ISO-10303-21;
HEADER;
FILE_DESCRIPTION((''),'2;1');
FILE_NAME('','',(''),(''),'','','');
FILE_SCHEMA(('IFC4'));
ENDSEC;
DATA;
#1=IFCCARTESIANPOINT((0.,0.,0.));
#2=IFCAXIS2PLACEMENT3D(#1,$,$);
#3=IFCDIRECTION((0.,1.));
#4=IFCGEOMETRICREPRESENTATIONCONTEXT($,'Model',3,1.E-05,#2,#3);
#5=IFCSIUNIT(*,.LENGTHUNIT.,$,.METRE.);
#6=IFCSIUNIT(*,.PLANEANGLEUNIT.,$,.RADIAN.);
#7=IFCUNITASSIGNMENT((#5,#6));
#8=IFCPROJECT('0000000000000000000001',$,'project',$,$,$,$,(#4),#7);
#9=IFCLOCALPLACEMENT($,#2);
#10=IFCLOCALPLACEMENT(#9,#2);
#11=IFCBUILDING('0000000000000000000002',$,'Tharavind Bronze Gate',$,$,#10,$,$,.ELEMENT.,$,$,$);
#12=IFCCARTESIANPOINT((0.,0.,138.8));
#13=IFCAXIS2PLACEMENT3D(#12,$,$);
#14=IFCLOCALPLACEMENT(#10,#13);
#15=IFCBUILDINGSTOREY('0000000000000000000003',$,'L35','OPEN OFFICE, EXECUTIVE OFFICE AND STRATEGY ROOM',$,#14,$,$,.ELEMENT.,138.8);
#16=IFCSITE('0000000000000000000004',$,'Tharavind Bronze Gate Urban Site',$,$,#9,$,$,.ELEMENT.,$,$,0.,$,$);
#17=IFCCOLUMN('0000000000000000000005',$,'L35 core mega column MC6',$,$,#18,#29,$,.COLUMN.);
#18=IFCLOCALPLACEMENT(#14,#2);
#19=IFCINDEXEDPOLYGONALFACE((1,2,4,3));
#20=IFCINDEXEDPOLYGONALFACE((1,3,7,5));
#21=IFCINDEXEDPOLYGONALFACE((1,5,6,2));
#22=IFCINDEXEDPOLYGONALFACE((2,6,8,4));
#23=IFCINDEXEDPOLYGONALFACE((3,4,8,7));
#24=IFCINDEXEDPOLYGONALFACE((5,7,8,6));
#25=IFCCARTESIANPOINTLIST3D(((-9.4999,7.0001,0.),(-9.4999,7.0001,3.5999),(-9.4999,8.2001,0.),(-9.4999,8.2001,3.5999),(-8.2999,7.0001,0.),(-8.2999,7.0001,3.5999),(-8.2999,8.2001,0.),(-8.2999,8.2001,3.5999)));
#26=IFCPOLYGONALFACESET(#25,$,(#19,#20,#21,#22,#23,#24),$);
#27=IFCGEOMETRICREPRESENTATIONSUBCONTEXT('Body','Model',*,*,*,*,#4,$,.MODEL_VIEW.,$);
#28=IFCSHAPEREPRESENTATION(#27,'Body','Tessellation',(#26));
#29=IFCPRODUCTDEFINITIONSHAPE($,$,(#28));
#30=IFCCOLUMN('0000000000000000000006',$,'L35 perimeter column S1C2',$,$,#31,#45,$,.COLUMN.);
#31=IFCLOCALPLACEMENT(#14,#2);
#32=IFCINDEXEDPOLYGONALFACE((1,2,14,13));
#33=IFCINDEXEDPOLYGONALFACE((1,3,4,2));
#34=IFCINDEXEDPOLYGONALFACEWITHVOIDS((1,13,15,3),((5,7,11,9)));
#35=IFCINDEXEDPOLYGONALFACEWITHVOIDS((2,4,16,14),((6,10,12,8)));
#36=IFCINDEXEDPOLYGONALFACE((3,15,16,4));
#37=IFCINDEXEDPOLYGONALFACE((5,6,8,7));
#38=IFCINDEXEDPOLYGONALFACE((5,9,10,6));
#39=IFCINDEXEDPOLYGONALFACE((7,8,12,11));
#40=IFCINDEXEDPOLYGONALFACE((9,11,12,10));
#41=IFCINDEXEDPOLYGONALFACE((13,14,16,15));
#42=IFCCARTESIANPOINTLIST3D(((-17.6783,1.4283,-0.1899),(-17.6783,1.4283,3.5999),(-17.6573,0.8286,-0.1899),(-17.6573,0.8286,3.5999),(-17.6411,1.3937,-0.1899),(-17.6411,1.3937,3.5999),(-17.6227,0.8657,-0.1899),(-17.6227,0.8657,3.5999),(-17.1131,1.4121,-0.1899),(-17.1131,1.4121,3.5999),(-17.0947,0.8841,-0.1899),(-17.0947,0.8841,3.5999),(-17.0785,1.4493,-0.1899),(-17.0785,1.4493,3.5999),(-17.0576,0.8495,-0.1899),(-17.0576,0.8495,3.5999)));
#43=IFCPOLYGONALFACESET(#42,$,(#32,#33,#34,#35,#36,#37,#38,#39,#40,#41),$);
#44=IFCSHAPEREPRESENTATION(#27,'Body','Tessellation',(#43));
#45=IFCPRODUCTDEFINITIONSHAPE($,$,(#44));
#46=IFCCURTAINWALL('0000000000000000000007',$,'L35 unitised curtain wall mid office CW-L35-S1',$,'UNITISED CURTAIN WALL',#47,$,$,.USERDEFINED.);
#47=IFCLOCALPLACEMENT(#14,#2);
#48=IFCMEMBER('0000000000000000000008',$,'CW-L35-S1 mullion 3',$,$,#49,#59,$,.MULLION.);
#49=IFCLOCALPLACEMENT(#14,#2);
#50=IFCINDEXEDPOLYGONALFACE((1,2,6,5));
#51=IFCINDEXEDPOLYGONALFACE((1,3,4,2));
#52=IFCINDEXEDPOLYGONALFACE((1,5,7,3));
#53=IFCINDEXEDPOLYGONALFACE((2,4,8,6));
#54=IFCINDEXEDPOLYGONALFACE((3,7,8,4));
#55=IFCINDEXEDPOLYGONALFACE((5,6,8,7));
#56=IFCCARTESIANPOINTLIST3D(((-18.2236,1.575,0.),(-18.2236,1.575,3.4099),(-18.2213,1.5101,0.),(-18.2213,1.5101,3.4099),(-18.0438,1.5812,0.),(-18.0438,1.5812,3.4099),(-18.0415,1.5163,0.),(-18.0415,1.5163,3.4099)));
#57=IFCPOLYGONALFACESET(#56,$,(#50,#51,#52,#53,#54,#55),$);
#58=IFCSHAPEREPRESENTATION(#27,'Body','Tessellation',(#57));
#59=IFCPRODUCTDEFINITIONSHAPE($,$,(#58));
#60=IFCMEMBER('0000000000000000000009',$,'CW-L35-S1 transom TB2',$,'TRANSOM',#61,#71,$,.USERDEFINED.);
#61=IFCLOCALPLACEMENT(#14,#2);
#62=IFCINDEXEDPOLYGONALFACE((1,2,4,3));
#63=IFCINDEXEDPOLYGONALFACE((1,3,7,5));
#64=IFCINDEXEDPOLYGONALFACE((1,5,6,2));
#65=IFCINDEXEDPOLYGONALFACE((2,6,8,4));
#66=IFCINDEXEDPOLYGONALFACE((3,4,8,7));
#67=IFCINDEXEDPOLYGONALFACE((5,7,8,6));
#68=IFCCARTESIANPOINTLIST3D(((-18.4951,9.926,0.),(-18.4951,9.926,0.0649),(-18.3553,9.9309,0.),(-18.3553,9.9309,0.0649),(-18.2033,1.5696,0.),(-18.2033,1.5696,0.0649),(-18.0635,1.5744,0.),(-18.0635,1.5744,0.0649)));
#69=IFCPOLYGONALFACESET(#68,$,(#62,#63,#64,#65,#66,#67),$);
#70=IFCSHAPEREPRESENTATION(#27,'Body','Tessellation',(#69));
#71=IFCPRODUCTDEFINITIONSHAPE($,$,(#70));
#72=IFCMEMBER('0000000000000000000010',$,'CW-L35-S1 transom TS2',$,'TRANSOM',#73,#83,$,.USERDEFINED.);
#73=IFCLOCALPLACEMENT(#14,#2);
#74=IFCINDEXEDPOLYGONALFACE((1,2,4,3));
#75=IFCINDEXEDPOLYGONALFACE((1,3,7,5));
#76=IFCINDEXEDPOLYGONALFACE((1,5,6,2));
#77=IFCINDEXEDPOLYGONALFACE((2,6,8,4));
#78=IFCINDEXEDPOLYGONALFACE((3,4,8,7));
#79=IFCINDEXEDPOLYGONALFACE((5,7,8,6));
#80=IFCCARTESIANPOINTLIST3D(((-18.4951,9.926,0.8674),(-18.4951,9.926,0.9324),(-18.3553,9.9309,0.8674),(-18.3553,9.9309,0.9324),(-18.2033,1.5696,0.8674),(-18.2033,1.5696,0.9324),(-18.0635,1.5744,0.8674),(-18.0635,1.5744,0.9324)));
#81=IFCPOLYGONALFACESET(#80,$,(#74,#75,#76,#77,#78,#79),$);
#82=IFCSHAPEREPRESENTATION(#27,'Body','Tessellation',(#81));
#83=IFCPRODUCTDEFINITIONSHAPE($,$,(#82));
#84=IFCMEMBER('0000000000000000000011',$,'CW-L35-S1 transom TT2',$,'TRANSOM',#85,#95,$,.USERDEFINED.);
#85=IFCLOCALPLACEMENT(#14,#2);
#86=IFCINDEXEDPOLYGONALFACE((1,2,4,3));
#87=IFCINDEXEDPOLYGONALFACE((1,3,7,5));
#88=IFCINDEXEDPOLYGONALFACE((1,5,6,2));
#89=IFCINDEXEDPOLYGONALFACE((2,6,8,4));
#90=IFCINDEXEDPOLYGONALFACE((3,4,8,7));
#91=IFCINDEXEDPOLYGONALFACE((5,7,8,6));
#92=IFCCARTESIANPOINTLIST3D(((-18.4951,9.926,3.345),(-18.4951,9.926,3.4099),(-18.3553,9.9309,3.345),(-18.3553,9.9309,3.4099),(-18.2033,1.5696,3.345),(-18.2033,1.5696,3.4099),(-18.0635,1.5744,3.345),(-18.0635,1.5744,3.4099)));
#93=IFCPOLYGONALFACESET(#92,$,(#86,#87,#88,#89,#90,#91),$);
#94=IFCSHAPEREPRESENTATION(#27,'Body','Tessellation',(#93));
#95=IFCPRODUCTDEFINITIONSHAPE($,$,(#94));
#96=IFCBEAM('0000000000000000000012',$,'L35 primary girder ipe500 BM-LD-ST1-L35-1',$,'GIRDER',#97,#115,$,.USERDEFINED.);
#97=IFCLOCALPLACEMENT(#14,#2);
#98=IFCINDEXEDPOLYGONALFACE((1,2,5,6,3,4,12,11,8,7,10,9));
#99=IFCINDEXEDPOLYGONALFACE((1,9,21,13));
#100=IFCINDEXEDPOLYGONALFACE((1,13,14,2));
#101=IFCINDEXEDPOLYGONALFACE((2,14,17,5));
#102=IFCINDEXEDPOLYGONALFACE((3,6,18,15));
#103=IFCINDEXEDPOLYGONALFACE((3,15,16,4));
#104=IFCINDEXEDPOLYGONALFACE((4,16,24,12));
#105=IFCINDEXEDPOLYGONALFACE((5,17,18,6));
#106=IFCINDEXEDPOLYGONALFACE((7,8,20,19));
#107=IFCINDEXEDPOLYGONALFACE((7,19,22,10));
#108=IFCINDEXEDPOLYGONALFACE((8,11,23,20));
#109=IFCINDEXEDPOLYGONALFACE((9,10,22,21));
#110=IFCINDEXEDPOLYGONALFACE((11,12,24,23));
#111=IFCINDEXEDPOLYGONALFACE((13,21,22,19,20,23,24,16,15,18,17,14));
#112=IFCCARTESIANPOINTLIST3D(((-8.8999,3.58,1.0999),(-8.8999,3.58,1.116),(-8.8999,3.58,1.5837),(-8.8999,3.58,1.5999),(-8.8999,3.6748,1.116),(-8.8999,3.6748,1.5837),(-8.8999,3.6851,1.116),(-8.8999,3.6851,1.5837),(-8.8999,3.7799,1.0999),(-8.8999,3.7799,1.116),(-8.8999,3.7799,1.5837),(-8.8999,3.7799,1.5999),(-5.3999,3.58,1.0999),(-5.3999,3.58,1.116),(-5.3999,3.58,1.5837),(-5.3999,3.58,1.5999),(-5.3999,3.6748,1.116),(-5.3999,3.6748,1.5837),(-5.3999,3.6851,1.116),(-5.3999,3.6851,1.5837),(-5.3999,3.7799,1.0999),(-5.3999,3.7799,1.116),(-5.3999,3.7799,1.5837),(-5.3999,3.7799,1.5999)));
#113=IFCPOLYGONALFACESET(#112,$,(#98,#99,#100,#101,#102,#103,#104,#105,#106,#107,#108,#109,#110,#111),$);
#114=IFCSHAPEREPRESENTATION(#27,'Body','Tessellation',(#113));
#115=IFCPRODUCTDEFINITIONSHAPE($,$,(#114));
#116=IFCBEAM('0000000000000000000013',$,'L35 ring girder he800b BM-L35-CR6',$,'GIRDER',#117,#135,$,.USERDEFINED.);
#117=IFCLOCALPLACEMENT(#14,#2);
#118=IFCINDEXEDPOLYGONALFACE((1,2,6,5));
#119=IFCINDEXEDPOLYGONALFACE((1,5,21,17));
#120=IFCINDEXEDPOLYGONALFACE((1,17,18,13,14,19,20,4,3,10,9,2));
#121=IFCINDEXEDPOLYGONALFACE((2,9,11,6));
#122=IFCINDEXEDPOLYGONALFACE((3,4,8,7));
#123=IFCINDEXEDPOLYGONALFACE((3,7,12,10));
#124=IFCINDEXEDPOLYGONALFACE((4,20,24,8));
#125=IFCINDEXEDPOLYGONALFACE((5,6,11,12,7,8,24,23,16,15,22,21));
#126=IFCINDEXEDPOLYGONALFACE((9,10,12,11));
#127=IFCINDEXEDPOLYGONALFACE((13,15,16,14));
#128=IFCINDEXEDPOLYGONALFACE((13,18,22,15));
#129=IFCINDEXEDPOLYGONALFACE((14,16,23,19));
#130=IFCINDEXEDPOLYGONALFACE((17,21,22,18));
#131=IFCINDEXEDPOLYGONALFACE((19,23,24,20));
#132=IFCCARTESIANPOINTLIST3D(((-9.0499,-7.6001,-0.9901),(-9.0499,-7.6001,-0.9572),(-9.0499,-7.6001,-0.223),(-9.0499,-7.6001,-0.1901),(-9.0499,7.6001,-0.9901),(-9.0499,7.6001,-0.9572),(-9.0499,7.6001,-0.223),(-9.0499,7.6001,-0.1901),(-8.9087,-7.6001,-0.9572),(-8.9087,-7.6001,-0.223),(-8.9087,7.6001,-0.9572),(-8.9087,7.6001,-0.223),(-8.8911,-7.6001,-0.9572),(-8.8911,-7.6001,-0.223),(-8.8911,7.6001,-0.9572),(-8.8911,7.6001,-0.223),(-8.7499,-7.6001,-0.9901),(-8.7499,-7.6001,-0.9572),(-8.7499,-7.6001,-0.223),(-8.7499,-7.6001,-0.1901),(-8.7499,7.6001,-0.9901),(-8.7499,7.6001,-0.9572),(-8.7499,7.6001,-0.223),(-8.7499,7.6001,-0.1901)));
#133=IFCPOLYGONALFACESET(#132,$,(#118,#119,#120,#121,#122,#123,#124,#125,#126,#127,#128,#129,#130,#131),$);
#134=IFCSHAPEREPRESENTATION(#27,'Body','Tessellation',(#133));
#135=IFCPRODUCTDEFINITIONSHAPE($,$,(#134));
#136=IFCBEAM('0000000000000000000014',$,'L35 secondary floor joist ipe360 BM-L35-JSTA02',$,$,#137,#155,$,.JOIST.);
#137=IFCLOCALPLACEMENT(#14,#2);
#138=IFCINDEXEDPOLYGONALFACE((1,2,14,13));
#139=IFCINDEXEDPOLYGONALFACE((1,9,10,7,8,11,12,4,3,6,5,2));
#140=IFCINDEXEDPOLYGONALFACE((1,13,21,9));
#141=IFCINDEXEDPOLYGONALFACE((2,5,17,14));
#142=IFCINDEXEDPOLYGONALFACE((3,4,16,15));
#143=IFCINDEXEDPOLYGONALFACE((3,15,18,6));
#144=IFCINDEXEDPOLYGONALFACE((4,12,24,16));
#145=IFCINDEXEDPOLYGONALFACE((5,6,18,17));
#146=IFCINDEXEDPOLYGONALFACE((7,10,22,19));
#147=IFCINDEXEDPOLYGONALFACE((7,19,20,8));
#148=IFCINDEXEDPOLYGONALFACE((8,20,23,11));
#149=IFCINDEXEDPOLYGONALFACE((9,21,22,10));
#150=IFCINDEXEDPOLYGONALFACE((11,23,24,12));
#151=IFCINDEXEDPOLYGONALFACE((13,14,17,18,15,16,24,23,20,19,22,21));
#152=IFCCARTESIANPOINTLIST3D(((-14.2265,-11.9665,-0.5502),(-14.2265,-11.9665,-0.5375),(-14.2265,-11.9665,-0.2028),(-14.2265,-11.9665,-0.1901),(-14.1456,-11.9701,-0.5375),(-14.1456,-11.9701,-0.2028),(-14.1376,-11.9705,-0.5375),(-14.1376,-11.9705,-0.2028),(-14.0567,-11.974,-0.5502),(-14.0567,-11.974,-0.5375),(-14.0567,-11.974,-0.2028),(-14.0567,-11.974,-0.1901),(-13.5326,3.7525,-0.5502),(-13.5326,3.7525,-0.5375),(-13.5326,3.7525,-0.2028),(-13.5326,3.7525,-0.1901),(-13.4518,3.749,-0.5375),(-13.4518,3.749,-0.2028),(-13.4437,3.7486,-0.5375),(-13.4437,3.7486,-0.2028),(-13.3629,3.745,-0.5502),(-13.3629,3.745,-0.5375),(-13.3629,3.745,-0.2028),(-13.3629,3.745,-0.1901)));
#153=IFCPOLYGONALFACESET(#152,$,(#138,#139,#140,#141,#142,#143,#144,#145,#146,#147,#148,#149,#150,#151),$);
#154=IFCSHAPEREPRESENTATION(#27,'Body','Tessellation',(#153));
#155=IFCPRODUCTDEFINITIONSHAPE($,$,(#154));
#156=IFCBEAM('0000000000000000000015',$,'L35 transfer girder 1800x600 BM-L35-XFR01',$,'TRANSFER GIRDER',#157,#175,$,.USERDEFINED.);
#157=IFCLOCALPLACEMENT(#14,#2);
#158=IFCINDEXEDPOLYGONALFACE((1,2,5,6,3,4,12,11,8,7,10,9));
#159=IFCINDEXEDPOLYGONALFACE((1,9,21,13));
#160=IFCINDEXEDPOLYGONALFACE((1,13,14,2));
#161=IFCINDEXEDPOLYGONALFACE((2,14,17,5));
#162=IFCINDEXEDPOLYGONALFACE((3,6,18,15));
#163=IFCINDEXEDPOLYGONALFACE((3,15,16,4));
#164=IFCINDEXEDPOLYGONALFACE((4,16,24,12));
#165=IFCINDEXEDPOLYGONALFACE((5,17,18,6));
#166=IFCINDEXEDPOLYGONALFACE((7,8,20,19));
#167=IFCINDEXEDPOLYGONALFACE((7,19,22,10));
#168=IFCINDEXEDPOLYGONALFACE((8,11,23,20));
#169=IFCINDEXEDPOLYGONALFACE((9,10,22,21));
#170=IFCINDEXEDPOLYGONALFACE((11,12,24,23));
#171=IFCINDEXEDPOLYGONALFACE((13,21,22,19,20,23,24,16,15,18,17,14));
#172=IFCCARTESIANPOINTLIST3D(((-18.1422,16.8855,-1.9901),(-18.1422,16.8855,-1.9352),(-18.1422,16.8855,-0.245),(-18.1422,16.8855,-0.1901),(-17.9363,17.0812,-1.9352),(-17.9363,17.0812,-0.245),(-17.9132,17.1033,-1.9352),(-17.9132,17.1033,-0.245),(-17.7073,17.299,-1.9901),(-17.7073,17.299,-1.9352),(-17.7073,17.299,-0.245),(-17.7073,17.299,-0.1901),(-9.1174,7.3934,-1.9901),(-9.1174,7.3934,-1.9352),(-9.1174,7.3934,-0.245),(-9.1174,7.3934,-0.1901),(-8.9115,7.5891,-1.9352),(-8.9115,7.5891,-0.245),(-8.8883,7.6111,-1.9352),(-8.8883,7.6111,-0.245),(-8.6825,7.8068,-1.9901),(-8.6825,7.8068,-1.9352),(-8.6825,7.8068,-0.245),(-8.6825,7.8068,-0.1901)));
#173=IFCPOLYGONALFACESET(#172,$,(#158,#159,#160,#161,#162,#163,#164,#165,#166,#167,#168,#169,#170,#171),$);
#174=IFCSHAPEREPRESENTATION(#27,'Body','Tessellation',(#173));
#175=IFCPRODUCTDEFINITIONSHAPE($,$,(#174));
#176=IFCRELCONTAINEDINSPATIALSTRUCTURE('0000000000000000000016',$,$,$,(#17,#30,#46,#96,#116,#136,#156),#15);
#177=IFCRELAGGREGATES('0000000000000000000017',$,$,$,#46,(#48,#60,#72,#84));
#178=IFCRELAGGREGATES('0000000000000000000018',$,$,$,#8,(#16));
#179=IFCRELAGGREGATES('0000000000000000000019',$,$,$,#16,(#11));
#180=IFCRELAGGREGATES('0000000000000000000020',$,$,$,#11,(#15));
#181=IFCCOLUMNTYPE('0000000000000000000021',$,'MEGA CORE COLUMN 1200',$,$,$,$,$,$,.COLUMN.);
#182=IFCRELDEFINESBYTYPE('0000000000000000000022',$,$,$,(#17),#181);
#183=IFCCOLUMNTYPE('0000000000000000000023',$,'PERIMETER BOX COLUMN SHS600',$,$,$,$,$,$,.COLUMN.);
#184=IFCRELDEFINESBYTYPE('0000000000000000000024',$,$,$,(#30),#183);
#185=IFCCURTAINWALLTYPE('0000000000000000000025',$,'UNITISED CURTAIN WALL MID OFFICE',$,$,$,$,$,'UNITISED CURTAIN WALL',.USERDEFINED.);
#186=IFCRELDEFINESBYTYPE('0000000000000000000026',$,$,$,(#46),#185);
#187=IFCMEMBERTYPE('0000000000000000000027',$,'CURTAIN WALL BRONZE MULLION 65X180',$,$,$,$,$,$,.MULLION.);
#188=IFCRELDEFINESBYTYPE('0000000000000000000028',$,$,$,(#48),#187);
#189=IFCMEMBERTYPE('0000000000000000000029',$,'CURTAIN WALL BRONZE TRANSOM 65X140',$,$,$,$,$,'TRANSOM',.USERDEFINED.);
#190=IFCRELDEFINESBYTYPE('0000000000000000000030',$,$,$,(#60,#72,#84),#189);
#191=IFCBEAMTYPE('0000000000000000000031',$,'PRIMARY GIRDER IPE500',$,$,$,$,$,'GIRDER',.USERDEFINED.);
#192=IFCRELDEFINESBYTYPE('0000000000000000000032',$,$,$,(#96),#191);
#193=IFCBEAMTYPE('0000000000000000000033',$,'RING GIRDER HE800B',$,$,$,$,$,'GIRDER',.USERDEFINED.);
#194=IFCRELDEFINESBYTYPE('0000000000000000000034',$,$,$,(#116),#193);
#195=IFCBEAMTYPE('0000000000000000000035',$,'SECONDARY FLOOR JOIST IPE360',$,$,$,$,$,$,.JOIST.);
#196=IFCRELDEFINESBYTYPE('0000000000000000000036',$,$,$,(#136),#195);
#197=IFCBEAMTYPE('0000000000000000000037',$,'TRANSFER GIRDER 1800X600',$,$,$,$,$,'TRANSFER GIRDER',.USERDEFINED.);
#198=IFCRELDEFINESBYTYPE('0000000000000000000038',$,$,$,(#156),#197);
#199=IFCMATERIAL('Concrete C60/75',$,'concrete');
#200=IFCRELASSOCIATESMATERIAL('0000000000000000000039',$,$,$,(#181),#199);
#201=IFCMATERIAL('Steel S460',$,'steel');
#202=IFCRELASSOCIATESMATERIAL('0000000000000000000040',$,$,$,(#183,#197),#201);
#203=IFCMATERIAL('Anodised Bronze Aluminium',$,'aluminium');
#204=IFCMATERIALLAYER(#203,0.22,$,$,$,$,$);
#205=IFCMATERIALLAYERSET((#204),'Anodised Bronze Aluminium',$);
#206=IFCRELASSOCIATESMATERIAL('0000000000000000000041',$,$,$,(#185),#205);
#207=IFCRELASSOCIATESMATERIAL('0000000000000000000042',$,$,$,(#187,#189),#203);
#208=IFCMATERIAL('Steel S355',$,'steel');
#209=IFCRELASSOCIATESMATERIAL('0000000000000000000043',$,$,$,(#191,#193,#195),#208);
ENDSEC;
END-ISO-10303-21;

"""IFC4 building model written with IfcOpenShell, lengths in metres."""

from ifc_helpers import new_model, si_unit, direction, frame, origin, origin_2d, place, context, subcontext, project, spatial, rectangle, hollow_rectangle, i_section, extrude, material, layer, layer_set, material_profile, profile_set, type_object, element, aggregate, save


model = new_model("IFC4")

# Units and contexts
model_context = context("Model", 3, precision=1e-05, world=origin(), true_north=direction((0.0, 1.0)))
body_context = subcontext(model_context, "Body", "Model", "MODEL_VIEW")
ifc_project = project(units=[si_unit("LENGTHUNIT", "METRE"), si_unit("PLANEANGLEUNIT", "RADIAN")], contexts=[model_context])

# Site, building, storey
site_placement = place(None, origin())
site = spatial("IfcSite", under=ifc_project, at=site_placement, Name="Tharavind Bronze Gate Urban Site", CompositionType="ELEMENT", RefElevation=0.0)
building_placement = place(site_placement, origin())
building = spatial("IfcBuilding", under=site, at=building_placement, Name="Tharavind Bronze Gate", CompositionType="ELEMENT")
storey_placement = place(building_placement, frame((0.0, 0.0, 138.8)))
storey = spatial("IfcBuildingStorey", under=building, at=storey_placement, Name="L35", Description="OPEN OFFICE, EXECUTIVE OFFICE AND STRATEGY ROOM", CompositionType="ELEMENT", Elevation=138.8)

# Columns
ifc_material_1 = material(Name="Concrete C60/75", Category="concrete")
ifc_material_profile_1 = material_profile(ifc_material_1, rectangle(XDim=1.2, YDim=1.2, at=origin_2d()), Name="RCCOL1200")
ifc_profile_set_1 = profile_set([ifc_material_profile_1], Name="Concrete C60/75")
column_type_1 = type_object("IfcColumnType", Name="MEGA CORE COLUMN 1200", PredefinedType="COLUMN", material=ifc_profile_set_1)
column_1_placement = place(storey_placement, frame((-8.8999, 7.6001, 0.0), z_axis=(0.0, 0.0, 1.0), x_axis=(1.0, 0.0, 0.0)))
element("IfcColumn", 1, at=column_1_placement, inside=storey, type_object=column_type_1, Name="L35 core mega column MC6", PredefinedType="COLUMN", context=body_context, shape_type="SweptSolid", body=[
    extrude(rectangle(XDim=1.2, YDim=1.2, at=origin_2d()), origin(), (0.0, 0.0, 1.0), 3.5999),
])
ifc_material_2 = material(Name="Steel S460", Category="steel")
ifc_material_profile_2 = material_profile(ifc_material_2, hollow_rectangle(XDim=0.6001, YDim=0.6001, WallThickness=0.0359, at=origin_2d()), Name="SHS600X36")
ifc_profile_set_2 = profile_set([ifc_material_profile_2], Name="Steel S460")
column_type_2 = type_object("IfcColumnType", Name="PERIMETER BOX COLUMN SHS600", PredefinedType="COLUMN", material=ifc_profile_set_2)
column_2_placement = place(storey_placement, frame((-17.3679, 1.1389, -0.1899), z_axis=(0.0, 0.0, 1.0), x_axis=(-0.034899, 0.999391, 0.0)))
element("IfcColumn", 2, at=column_2_placement, inside=storey, type_object=column_type_2, Name="L35 perimeter column S1C2", PredefinedType="COLUMN", context=body_context, shape_type="SweptSolid", body=[
    extrude(hollow_rectangle(XDim=0.6001, YDim=0.6001, WallThickness=0.0359, at=origin_2d()), origin(), (0.0, 0.0, 1.0), 3.7898),
])

# Curtain wall, members
ifc_material_3 = material(Name="Anodised Bronze Aluminium", Category="aluminium")
ifc_layer_1 = layer(ifc_material_3, 0.22)
ifc_layer_set_1 = layer_set([ifc_layer_1], Name="Anodised Bronze Aluminium")
curtain_wall_type = type_object("IfcCurtainWallType", Name="UNITISED CURTAIN WALL MID OFFICE", ElementType="UNITISED CURTAIN WALL", PredefinedType="USERDEFINED", material=ifc_layer_set_1)
curtain_wall_placement = place(storey_placement, origin())
curtain_wall = element("IfcCurtainWall", 3, at=curtain_wall_placement, inside=storey, type_object=curtain_wall_type, Name="L35 unitised curtain wall mid office CW-L35-S1", ObjectType="UNITISED CURTAIN WALL", PredefinedType="USERDEFINED")
member_type_1 = type_object("IfcMemberType", Name="CURTAIN WALL BRONZE MULLION 65X180", PredefinedType="MULLION", material=ifc_material_3)
member_1_placement = place(storey_placement, frame((-18.1326, 1.5457, 0.0), z_axis=(0.0, 0.0, 1.0), x_axis=(0.034899, -0.999391, 0.0)))
member_1 = element("IfcMember", 4, at=member_1_placement, type_object=member_type_1, Name="CW-L35-S1 mullion 3", PredefinedType="MULLION", context=body_context, shape_type="SweptSolid", body=[
    extrude(rectangle(XDim=0.0649, YDim=0.1799, at=origin_2d()), origin(), (0.0, 0.0, 1.0), 3.4099),
])
member_type_2 = type_object("IfcMemberType", Name="CURTAIN WALL BRONZE TRANSOM 65X140", ElementType="TRANSOM", PredefinedType="USERDEFINED", material=ifc_material_3)
member_2_placement = place(storey_placement, frame((-18.2793, 5.7502, 0.0), z_axis=(0.0, 0.0, 1.0), x_axis=(0.034899, -0.999391, 0.0)))
member_2 = element("IfcMember", 5, at=member_2_placement, type_object=member_type_2, Name="CW-L35-S1 transom TB2", ObjectType="TRANSOM", PredefinedType="USERDEFINED", context=body_context, shape_type="SweptSolid", body=[
    extrude(rectangle(XDim=8.3616, YDim=0.1399, at=origin_2d()), origin(), (0.0, 0.0, 1.0), 0.0649),
])
member_3_placement = place(storey_placement, frame((-18.2793, 5.7502, 0.8674), z_axis=(0.0, 0.0, 1.0), x_axis=(0.034899, -0.999391, 0.0)))
member_3 = element("IfcMember", 6, at=member_3_placement, type_object=member_type_2, Name="CW-L35-S1 transom TS2", ObjectType="TRANSOM", PredefinedType="USERDEFINED", context=body_context, shape_type="SweptSolid", body=[
    extrude(rectangle(XDim=8.3616, YDim=0.1399, at=origin_2d()), origin(), (0.0, 0.0, 1.0), 0.0649),
])
member_4_placement = place(storey_placement, frame((-18.2793, 5.7502, 3.345), z_axis=(0.0, 0.0, 1.0), x_axis=(0.034899, -0.999391, 0.0)))
member_4 = element("IfcMember", 7, at=member_4_placement, type_object=member_type_2, Name="CW-L35-S1 transom TT2", ObjectType="TRANSOM", PredefinedType="USERDEFINED", context=body_context, shape_type="SweptSolid", body=[
    extrude(rectangle(XDim=8.3616, YDim=0.1399, at=origin_2d()), origin(), (0.0, 0.0, 1.0), 0.0649),
])

# Beams
ifc_material_4 = material(Name="Steel S355", Category="steel")
ifc_material_profile_3 = material_profile(ifc_material_4, i_section(OverallWidth=0.2, OverallDepth=0.5, WebThickness=0.0103, FlangeThickness=0.0161, at=origin_2d()), Name="IPE500")
ifc_profile_set_3 = profile_set([ifc_material_profile_3], Name="Steel S355")
beam_type_1 = type_object("IfcBeamType", Name="PRIMARY GIRDER IPE500", ElementType="GIRDER", PredefinedType="USERDEFINED", material=ifc_profile_set_3)
beam_1_placement = place(storey_placement, frame((-8.8999, 3.6799, 1.3499), z_axis=(1.0, 0.0, 0.0), x_axis=(0.0, 1.0, 0.0)))
element("IfcBeam", 8, at=beam_1_placement, inside=storey, type_object=beam_type_1, Name="L35 primary girder ipe500 BM-LD-ST1-L35-1", ObjectType="GIRDER", PredefinedType="USERDEFINED", context=body_context, shape_type="SweptSolid", body=[
    extrude(i_section(OverallWidth=0.2, OverallDepth=0.5, WebThickness=0.0103, FlangeThickness=0.0161, at=origin_2d()), origin(), (0.0, 0.0, 1.0), 3.5),
])
ifc_material_profile_4 = material_profile(ifc_material_4, i_section(OverallWidth=0.3, OverallDepth=0.8, WebThickness=0.0176, FlangeThickness=0.033, at=origin_2d()), Name="HE800B")
ifc_profile_set_4 = profile_set([ifc_material_profile_4], Name="Steel S355")
beam_type_2 = type_object("IfcBeamType", Name="RING GIRDER HE800B", ElementType="GIRDER", PredefinedType="USERDEFINED", material=ifc_profile_set_4)
beam_2_placement = place(storey_placement, frame((-8.8999, 7.6001, -0.5901), z_axis=(0.0, -1.0, 0.0), x_axis=(1.0, 0.0, 0.0)))
element("IfcBeam", 9, at=beam_2_placement, inside=storey, type_object=beam_type_2, Name="L35 ring girder he800b BM-L35-CR6", ObjectType="GIRDER", PredefinedType="USERDEFINED", context=body_context, shape_type="SweptSolid", body=[
    extrude(i_section(OverallWidth=0.3, OverallDepth=0.8, WebThickness=0.0176, FlangeThickness=0.033, at=origin_2d()), origin(), (0.0, 0.0, 1.0), 15.2002),
])
ifc_material_profile_5 = material_profile(ifc_material_4, i_section(OverallWidth=0.1699, OverallDepth=0.3601, WebThickness=0.0081, FlangeThickness=0.0127, at=origin_2d()), Name="IPE360")
ifc_profile_set_5 = profile_set([ifc_material_profile_5], Name="Steel S355")
beam_type_3 = type_object("IfcBeamType", Name="SECONDARY FLOOR JOIST IPE360", PredefinedType="JOIST", material=ifc_profile_set_5)
beam_3_placement = place(storey_placement, frame((-13.4478, 3.7488, -0.3701), z_axis=(-0.044098, -0.999027, 0.0), x_axis=(0.999027, -0.044098, 0.0)))
element("IfcBeam", 10, at=beam_3_placement, inside=storey, type_object=beam_type_3, Name="L35 secondary floor joist ipe360 BM-L35-JSTA02", PredefinedType="JOIST", context=body_context, shape_type="SweptSolid", body=[
    extrude(i_section(OverallWidth=0.1699, OverallDepth=0.3601, WebThickness=0.0081, FlangeThickness=0.0127, at=origin_2d()), origin(), (0.0, 0.0, 1.0), 15.7344),
])
ifc_material_profile_6 = material_profile(ifc_material_2, i_section(OverallWidth=0.6001, OverallDepth=1.8, WebThickness=0.032, FlangeThickness=0.0549, at=origin_2d()), Name="PG1800X600")
ifc_profile_set_6 = profile_set([ifc_material_profile_6], Name="Steel S460")
beam_type_4 = type_object("IfcBeamType", Name="TRANSFER GIRDER 1800X600", ElementType="TRANSFER GIRDER", PredefinedType="USERDEFINED", material=ifc_profile_set_6)
beam_4_placement = place(storey_placement, frame((-8.8999, 7.6001, -1.0901), z_axis=(-0.689043, 0.72472, 0.0), x_axis=(-0.72472, -0.689043, 0.0)))
element("IfcBeam", 11, at=beam_4_placement, inside=storey, type_object=beam_type_4, Name="L35 transfer girder 1800x600 BM-L35-XFR01", ObjectType="TRANSFER GIRDER", PredefinedType="USERDEFINED", context=body_context, shape_type="SweptSolid", body=[
    extrude(i_section(OverallWidth=0.6001, OverallDepth=1.8, WebThickness=0.032, FlangeThickness=0.0549, at=origin_2d()), origin(), (0.0, 0.0, 1.0), 13.0977),
])

aggregate(curtain_wall, [member_1, member_2, member_3, member_4])

save(model, "model.ifc")
